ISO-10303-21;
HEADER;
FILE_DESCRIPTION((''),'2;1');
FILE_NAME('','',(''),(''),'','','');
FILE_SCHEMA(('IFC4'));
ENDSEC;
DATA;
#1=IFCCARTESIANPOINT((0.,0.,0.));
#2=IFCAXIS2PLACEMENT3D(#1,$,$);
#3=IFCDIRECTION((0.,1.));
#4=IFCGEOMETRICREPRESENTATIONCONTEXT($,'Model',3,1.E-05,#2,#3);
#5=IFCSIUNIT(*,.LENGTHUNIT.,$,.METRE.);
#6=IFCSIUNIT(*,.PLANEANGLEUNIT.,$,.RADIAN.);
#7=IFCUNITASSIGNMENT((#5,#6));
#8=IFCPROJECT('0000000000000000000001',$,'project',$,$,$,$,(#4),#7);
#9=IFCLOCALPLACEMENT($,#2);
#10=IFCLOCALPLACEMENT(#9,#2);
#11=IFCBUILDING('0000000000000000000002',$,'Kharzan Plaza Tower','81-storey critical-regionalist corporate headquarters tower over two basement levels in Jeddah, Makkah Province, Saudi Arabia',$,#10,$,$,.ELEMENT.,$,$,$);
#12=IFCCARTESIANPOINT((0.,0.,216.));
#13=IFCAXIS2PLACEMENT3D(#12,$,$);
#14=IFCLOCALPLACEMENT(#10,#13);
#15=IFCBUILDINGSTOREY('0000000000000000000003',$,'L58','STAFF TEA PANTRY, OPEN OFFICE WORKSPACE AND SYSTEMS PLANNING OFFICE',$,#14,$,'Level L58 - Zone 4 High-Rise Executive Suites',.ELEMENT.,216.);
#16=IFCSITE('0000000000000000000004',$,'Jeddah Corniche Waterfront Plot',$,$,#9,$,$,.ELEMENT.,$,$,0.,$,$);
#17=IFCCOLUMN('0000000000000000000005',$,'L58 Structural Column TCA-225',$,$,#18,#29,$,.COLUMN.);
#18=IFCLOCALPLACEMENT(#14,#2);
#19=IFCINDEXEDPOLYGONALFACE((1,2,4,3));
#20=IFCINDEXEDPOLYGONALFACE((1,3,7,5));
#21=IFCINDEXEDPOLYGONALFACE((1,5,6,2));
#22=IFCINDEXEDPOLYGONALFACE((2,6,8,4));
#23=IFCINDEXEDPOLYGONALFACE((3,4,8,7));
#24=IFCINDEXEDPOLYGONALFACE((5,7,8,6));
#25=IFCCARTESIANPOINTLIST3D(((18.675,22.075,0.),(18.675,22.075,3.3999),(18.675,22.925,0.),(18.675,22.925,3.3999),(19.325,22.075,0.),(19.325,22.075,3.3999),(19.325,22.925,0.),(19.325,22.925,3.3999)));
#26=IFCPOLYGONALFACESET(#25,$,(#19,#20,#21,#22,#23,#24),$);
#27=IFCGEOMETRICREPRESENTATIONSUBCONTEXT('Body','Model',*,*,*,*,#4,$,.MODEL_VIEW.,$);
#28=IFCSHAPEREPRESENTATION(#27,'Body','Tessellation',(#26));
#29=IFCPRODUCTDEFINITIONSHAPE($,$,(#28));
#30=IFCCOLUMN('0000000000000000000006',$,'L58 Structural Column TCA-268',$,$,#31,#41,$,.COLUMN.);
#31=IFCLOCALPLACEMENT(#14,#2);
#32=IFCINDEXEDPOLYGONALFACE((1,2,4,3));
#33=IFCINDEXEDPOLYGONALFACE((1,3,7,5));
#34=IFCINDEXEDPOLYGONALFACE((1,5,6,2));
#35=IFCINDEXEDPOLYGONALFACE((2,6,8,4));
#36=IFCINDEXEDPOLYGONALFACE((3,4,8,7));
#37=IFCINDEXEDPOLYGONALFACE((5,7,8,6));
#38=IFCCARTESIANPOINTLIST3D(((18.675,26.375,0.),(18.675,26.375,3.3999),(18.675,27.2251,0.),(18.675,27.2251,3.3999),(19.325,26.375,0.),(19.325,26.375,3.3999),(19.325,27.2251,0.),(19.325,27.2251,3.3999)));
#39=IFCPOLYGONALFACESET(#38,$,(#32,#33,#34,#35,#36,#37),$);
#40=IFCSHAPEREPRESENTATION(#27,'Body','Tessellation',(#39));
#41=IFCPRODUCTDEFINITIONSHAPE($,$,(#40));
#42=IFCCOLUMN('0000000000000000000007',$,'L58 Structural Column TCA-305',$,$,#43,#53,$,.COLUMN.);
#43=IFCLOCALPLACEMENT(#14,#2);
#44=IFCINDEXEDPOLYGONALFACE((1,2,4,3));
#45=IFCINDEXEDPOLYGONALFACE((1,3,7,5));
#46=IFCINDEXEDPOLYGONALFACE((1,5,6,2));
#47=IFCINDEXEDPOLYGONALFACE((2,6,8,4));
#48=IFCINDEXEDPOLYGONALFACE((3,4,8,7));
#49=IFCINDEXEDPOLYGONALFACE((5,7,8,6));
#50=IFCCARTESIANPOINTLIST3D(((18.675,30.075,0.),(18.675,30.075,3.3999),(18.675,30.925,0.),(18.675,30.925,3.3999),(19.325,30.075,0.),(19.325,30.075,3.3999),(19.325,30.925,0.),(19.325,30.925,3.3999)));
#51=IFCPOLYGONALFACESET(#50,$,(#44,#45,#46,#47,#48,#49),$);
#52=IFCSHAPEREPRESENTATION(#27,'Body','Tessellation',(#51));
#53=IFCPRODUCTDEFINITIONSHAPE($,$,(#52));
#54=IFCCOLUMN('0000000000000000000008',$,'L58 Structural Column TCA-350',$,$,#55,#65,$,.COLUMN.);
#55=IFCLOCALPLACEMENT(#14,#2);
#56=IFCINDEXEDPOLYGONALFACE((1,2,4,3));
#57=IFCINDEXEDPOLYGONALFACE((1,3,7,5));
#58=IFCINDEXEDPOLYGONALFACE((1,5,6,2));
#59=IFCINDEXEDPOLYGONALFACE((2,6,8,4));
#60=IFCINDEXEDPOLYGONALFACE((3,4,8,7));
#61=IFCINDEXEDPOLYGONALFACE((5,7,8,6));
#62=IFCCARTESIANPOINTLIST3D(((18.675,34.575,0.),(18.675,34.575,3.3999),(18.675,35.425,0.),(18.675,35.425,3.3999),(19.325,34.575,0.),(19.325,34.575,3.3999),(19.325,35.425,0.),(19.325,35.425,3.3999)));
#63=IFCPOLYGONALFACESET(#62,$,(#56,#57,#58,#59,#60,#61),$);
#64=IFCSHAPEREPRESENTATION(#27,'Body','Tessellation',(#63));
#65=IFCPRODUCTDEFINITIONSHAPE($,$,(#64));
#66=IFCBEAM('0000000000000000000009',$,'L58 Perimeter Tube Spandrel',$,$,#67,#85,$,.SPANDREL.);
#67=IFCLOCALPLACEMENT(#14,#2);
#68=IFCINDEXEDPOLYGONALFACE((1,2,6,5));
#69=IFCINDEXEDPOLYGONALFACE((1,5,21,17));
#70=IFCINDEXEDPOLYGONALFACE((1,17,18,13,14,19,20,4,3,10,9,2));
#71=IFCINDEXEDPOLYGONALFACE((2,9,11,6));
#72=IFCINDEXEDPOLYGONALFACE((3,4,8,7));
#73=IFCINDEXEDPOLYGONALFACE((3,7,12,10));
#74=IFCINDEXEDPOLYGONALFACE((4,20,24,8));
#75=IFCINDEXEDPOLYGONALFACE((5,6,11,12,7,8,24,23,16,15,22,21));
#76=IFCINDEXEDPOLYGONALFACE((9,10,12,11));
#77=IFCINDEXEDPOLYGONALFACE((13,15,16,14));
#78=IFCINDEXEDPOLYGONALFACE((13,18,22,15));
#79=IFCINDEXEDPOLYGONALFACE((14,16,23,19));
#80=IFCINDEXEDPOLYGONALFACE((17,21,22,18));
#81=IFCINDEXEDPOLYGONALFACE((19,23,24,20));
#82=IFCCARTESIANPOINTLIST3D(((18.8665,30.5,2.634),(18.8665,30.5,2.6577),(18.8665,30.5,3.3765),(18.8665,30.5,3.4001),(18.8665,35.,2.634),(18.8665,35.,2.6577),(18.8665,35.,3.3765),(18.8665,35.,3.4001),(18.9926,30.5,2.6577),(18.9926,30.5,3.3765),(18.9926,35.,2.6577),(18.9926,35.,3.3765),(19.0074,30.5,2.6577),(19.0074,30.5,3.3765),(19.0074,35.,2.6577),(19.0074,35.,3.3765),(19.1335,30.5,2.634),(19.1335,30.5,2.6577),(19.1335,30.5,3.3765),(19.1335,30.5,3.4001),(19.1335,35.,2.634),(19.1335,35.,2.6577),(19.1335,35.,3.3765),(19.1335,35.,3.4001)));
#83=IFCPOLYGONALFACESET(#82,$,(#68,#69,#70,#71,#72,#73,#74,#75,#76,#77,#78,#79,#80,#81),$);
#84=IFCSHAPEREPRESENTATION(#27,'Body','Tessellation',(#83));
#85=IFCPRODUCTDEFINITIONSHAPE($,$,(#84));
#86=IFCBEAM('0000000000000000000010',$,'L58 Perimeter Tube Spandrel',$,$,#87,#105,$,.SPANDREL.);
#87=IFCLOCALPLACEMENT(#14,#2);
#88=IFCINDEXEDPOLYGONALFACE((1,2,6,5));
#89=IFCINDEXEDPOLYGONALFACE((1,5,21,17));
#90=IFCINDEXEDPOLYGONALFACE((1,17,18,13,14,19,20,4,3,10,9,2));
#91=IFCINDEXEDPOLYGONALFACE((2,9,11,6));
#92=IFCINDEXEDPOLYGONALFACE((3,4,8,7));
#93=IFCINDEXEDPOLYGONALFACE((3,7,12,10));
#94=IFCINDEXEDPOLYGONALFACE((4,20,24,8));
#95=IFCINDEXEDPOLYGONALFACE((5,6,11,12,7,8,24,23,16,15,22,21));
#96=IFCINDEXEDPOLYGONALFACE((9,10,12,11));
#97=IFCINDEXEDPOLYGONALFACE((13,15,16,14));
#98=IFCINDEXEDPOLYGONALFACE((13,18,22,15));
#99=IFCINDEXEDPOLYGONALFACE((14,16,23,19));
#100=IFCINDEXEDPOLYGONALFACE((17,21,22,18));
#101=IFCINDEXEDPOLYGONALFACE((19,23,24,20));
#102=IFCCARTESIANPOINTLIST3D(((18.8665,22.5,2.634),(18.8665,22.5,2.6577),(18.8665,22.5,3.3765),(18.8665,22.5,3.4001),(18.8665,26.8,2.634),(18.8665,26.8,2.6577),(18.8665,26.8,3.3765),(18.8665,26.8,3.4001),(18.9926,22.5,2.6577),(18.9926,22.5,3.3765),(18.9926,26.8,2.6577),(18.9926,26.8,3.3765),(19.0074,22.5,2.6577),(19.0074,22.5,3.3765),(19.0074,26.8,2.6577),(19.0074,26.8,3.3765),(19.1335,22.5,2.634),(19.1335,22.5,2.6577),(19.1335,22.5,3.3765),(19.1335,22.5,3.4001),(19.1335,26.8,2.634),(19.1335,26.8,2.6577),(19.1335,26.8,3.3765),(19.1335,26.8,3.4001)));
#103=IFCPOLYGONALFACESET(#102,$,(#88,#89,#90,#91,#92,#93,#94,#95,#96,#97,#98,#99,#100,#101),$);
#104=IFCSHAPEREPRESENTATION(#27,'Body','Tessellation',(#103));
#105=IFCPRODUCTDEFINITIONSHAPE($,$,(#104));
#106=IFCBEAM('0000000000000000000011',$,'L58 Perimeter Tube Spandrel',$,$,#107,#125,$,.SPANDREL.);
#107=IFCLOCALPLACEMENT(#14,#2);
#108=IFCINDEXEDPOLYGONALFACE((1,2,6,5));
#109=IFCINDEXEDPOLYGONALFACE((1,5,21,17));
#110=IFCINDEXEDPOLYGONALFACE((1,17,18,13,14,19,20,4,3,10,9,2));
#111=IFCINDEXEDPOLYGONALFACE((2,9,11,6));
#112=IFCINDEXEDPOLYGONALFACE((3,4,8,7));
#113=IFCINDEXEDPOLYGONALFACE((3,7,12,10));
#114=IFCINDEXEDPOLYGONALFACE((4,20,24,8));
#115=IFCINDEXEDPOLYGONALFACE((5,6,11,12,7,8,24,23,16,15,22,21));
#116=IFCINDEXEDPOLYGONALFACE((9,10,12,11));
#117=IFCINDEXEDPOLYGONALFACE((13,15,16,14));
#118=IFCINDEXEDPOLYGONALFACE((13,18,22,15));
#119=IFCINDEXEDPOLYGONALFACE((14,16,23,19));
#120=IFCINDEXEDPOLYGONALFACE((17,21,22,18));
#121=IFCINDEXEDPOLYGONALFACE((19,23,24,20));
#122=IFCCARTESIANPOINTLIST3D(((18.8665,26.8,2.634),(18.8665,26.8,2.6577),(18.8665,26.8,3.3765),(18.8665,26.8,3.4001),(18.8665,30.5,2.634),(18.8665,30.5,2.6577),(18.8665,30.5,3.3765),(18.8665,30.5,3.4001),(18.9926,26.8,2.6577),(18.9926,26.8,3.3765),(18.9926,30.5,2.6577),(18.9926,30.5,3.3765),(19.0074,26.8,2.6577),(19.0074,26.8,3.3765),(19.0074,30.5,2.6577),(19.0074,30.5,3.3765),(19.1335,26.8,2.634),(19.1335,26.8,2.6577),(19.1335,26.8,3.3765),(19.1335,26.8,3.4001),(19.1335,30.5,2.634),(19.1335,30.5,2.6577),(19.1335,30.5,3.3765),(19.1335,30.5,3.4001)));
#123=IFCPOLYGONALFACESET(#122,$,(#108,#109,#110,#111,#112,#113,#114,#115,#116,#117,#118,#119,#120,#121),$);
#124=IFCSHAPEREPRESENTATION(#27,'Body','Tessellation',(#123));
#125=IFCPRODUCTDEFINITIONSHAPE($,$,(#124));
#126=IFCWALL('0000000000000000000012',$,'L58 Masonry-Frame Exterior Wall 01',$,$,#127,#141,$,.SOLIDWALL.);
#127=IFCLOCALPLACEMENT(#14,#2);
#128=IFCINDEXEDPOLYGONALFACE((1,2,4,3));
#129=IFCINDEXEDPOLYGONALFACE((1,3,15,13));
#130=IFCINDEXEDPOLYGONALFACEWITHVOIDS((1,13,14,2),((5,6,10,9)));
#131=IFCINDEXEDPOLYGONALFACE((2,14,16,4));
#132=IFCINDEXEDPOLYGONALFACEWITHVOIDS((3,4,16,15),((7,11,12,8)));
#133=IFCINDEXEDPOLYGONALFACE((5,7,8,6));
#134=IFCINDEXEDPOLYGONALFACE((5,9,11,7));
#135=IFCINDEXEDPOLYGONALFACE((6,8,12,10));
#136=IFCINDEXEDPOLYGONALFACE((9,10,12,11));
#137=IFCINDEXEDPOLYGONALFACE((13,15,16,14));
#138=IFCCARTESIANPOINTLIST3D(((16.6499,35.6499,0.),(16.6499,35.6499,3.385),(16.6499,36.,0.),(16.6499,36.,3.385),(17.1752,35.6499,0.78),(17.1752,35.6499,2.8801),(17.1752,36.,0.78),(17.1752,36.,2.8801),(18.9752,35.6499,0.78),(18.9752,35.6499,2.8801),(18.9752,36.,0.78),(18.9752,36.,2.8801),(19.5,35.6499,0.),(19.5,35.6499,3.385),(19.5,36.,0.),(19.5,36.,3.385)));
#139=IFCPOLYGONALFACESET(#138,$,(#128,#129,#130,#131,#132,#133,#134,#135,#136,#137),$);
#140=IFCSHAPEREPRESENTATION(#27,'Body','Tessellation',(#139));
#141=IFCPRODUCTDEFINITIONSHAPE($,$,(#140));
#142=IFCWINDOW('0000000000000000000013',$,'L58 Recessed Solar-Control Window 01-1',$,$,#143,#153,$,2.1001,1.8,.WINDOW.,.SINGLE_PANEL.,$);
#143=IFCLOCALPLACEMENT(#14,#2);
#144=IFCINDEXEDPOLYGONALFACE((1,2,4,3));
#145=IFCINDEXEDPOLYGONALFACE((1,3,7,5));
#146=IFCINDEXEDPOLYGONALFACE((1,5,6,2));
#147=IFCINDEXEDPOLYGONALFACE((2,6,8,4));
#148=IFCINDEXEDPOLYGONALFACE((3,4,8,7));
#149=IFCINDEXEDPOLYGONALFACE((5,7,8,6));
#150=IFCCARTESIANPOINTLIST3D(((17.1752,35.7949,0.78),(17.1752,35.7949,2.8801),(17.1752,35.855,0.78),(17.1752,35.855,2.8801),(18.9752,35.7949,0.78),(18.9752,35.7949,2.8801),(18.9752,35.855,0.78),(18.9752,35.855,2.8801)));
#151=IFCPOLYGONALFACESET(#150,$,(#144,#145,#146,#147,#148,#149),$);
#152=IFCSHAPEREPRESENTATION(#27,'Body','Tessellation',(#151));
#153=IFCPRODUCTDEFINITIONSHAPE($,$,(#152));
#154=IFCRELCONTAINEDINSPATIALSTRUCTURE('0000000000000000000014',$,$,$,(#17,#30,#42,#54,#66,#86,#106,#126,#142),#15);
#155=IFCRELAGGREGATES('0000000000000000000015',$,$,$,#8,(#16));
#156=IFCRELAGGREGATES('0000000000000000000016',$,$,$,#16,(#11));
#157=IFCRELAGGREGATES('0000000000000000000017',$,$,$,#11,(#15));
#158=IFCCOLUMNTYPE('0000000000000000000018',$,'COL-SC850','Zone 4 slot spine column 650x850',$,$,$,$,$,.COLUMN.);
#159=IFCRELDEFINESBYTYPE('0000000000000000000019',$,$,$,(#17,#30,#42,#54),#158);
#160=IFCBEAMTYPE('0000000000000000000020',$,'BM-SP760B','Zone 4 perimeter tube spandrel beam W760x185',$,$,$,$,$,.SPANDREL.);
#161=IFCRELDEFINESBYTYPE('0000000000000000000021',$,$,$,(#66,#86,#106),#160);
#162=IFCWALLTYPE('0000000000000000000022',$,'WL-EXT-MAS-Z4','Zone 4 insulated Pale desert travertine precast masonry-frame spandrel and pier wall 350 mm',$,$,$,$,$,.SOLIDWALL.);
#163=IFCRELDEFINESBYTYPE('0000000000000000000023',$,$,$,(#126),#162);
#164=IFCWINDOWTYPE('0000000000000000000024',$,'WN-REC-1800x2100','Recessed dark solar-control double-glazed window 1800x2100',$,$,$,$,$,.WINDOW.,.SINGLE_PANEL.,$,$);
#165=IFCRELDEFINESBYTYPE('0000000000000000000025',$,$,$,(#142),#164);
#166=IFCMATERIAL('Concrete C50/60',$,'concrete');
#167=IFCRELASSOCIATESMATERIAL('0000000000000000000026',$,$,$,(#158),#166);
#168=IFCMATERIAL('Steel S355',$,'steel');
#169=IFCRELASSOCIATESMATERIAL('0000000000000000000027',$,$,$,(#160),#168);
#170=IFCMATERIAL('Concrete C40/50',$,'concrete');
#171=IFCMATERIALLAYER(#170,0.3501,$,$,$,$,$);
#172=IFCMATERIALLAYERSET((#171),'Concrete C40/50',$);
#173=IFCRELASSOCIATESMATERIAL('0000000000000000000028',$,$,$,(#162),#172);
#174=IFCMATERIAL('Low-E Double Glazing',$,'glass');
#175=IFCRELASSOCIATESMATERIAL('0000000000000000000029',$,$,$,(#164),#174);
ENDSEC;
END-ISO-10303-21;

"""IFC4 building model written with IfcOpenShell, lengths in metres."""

from ifc_helpers import new_model, si_unit, direction, frame, frame_2d, origin, origin_2d, place, context, subcontext, project, spatial, rectangle, i_section, extrude, source, transform, mapped, material, layer, layer_set, material_profile, profile_set, type_object, element, fill, save


model = new_model("IFC4")

# Units and contexts
model_context = context("Model", 3, precision=1e-05, world=origin(), true_north=direction((0.0, 1.0)))
body_context = subcontext(model_context, "Body", "Model", "MODEL_VIEW")
ifc_project = project(units=[si_unit("LENGTHUNIT", "METRE"), si_unit("PLANEANGLEUNIT", "RADIAN")], contexts=[model_context])

# Site, building, storey
site_placement = place(None, origin())
site = spatial("IfcSite", under=ifc_project, at=site_placement, Name="Jeddah Corniche Waterfront Plot", CompositionType="ELEMENT", RefElevation=0.0)
building_placement = place(site_placement, origin())
building = spatial("IfcBuilding", under=site, at=building_placement, Name="Kharzan Plaza Tower", Description="81-storey critical-regionalist corporate headquarters tower over two basement levels in Jeddah, Makkah Province, Saudi Arabia", CompositionType="ELEMENT")
storey_placement = place(building_placement, frame((0.0, 0.0, 216.0)))
storey = spatial("IfcBuildingStorey", under=building, at=storey_placement, Name="L58", Description="STAFF TEA PANTRY, OPEN OFFICE WORKSPACE AND SYSTEMS PLANNING OFFICE", LongName="Level L58 - Zone 4 High-Rise Executive Suites", CompositionType="ELEMENT", Elevation=216.0)

# Columns
ifc_material_1 = material(Name="Concrete C50/60", Category="concrete")
ifc_material_profile_1 = material_profile(ifc_material_1, rectangle(XDim=0.6499, YDim=0.8501, at=origin_2d()), Name="RC-SC850x650")
ifc_profile_set_1 = profile_set([ifc_material_profile_1], Name="Concrete C50/60")
column_type = type_object("IfcColumnType", Name="COL-SC850", Description="Zone 4 slot spine column 650x850", PredefinedType="COLUMN", material=ifc_profile_set_1)
shared_shape_1 = source(origin(), body_context, "Body", "SweptSolid", [
    extrude(rectangle(XDim=0.6499, YDim=0.8501, at=origin_2d()), origin(), (0.0, 0.0, 1.0), 3.3999),
])
for number, where, z_axis, x_axis, name in (
    (1, (19.0, 22.5, 0.0), (0.0, 0.0, 1.0), (1.0, 0.0, 0.0), "L58 Structural Column TCA-225"),
    (2, (19.0, 26.8, 0.0), (0.0, 0.0, 1.0), (1.0, 0.0, 0.0), "L58 Structural Column TCA-268"),
    (3, (19.0, 30.5, 0.0), (0.0, 0.0, 1.0), (1.0, 0.0, 0.0), "L58 Structural Column TCA-305"),
    (4, (19.0, 35.0, 0.0), (0.0, 0.0, 1.0), (1.0, 0.0, 0.0), "L58 Structural Column TCA-350"),
):
    element("IfcColumn", number, at=place(storey_placement, frame(where, z_axis=z_axis, x_axis=x_axis)), inside=storey, type_object=column_type, Name=name, PredefinedType="COLUMN", context=body_context, shape_type="MappedRepresentation", body=[
        mapped(shared_shape_1, transform((0.0, 0.0, 0.0), x_axis=(1.0, 0.0, 0.0), y_axis=(0.0, 1.0, 0.0), z_axis=(0.0, 0.0, 1.0))),
    ])

# Beams
ifc_material_2 = material(Name="Steel S355", Category="steel")
ifc_material_profile_2 = material_profile(ifc_material_2, i_section(OverallWidth=0.2671, OverallDepth=0.7661, WebThickness=0.0149, FlangeThickness=0.0237, at=origin_2d()), Name="W760x185")
ifc_profile_set_2 = profile_set([ifc_material_profile_2], Name="Steel S355")
beam_type = type_object("IfcBeamType", Name="BM-SP760B", Description="Zone 4 perimeter tube spandrel beam W760x185", PredefinedType="SPANDREL", material=ifc_profile_set_2)
shared_shape_2 = source(origin(), body_context, "Body", "SweptSolid", [
    extrude(i_section(OverallWidth=0.2671, OverallDepth=0.7661, WebThickness=0.0149, FlangeThickness=0.0237, at=origin_2d()), origin(), (0.0, 0.0, 1.0), 4.5),
])
beam_1_placement = place(storey_placement, frame((19.0, 30.5, 3.0171), z_axis=(0.0, 1.0, 0.0), x_axis=(-1.0, 0.0, 0.0)))
element("IfcBeam", 5, at=beam_1_placement, inside=storey, type_object=beam_type, Name="L58 Perimeter Tube Spandrel", PredefinedType="SPANDREL", context=body_context, shape_type="MappedRepresentation", body=[
    mapped(shared_shape_2, transform((0.0, 0.0, 0.0), x_axis=(1.0, 0.0, 0.0), y_axis=(0.0, 1.0, 0.0), z_axis=(0.0, 0.0, 1.0))),
])
shared_shape_3 = source(origin(), body_context, "Body", "SweptSolid", [
    extrude(i_section(OverallWidth=0.2671, OverallDepth=0.7661, WebThickness=0.0149, FlangeThickness=0.0237, at=origin_2d()), origin(), (0.0, 0.0, 1.0), 4.3),
])
beam_2_placement = place(storey_placement, frame((19.0, 22.5, 3.0171), z_axis=(0.0, 1.0, 0.0), x_axis=(-1.0, 0.0, 0.0)))
element("IfcBeam", 6, at=beam_2_placement, inside=storey, type_object=beam_type, Name="L58 Perimeter Tube Spandrel", PredefinedType="SPANDREL", context=body_context, shape_type="MappedRepresentation", body=[
    mapped(shared_shape_3, transform((0.0, 0.0, 0.0), x_axis=(1.0, 0.0, 0.0), y_axis=(0.0, 1.0, 0.0), z_axis=(0.0, 0.0, 1.0))),
])
shared_shape_4 = source(origin(), body_context, "Body", "SweptSolid", [
    extrude(i_section(OverallWidth=0.2671, OverallDepth=0.7661, WebThickness=0.0149, FlangeThickness=0.0237, at=origin_2d()), origin(), (0.0, 0.0, 1.0), 3.7),
])
beam_3_placement = place(storey_placement, frame((19.0, 26.8, 3.0171), z_axis=(0.0, 1.0, 0.0), x_axis=(-1.0, 0.0, 0.0)))
element("IfcBeam", 7, at=beam_3_placement, inside=storey, type_object=beam_type, Name="L58 Perimeter Tube Spandrel", PredefinedType="SPANDREL", context=body_context, shape_type="MappedRepresentation", body=[
    mapped(shared_shape_4, transform((0.0, 0.0, 0.0), x_axis=(1.0, 0.0, 0.0), y_axis=(0.0, 1.0, 0.0), z_axis=(0.0, 0.0, 1.0))),
])

# Wall, opening, window
ifc_material_3 = material(Name="Concrete C40/50", Category="concrete")
ifc_layer_1 = layer(ifc_material_3, 0.3501)
ifc_layer_set_1 = layer_set([ifc_layer_1], Name="Concrete C40/50")
wall_type_1 = type_object("IfcWallType", Name="WL-EXT-MAS-Z4", Description="Zone 4 insulated Pale desert travertine precast masonry-frame spandrel and pier wall 350 mm", PredefinedType="SOLIDWALL", material=ifc_layer_set_1)
wall_1_placement = place(storey_placement, frame((19.5, 35.825, 0.0), z_axis=(0.0, 0.0, 1.0), x_axis=(-1.0, 0.0, 0.0)))
wall_1 = element("IfcWall", 8, at=wall_1_placement, inside=storey, type_object=wall_type_1, Name="L58 Masonry-Frame Exterior Wall 01", PredefinedType="SOLIDWALL", context=body_context, shape_type="SweptSolid", body=[
    extrude(rectangle(XDim=2.8501, YDim=0.3501, at=frame_2d((1.425, 0.0))), origin(), (0.0, 0.0, 1.0), 3.385),
])
opening_1_placement = place(wall_1_placement, frame((0.5249, 0.0, 0.78)))
opening_1 = element("IfcOpeningElement", 9, at=opening_1_placement, cuts=wall_1, PredefinedType="OPENING", context=body_context, shape_type="SweptSolid", body=[
    extrude(rectangle(XDim=1.8, YDim=2.1001, at=frame_2d((0.8999, 1.05))), frame((0.0, 0.1851, 0.0), z_axis=(0.0, -1.0, 0.0), x_axis=(1.0, 0.0, 0.0)), (0.0, 0.0, 1.0), 0.3701),
])
ifc_material_4 = material(Name="Low-E Double Glazing", Category="glass")
window_type_1 = type_object("IfcWindowType", Name="WN-REC-1800x2100", Description="Recessed dark solar-control double-glazed window 1800x2100", PartitioningType="SINGLE_PANEL", PredefinedType="WINDOW", material=ifc_material_4)
shared_shape_5 = source(origin(), body_context, "Body", "SweptSolid", [
    extrude(rectangle(XDim=1.8, YDim=2.1001, at=frame_2d((0.8999, 1.05))), frame((0.0, 0.03, 0.0), z_axis=(0.0, -1.0, 0.0), x_axis=(1.0, 0.0, 0.0)), (0.0, 0.0, 1.0), 0.0601),
])
window_1_placement = place(opening_1_placement, origin())
window_1 = element("IfcWindow", 10, at=window_1_placement, inside=storey, type_object=window_type_1, Name="L58 Recessed Solar-Control Window 01-1", OverallHeight=2.1001, OverallWidth=1.8, PartitioningType="SINGLE_PANEL", PredefinedType="WINDOW", context=body_context, shape_type="MappedRepresentation", body=[
    mapped(shared_shape_5, transform((0.0, 0.0, 0.0), x_axis=(1.0, 0.0, 0.0), y_axis=(0.0, 1.0, 0.0), z_axis=(0.0, 0.0, 1.0))),
])
fill(opening_1, window_1)

save(model, "model.ifc")
